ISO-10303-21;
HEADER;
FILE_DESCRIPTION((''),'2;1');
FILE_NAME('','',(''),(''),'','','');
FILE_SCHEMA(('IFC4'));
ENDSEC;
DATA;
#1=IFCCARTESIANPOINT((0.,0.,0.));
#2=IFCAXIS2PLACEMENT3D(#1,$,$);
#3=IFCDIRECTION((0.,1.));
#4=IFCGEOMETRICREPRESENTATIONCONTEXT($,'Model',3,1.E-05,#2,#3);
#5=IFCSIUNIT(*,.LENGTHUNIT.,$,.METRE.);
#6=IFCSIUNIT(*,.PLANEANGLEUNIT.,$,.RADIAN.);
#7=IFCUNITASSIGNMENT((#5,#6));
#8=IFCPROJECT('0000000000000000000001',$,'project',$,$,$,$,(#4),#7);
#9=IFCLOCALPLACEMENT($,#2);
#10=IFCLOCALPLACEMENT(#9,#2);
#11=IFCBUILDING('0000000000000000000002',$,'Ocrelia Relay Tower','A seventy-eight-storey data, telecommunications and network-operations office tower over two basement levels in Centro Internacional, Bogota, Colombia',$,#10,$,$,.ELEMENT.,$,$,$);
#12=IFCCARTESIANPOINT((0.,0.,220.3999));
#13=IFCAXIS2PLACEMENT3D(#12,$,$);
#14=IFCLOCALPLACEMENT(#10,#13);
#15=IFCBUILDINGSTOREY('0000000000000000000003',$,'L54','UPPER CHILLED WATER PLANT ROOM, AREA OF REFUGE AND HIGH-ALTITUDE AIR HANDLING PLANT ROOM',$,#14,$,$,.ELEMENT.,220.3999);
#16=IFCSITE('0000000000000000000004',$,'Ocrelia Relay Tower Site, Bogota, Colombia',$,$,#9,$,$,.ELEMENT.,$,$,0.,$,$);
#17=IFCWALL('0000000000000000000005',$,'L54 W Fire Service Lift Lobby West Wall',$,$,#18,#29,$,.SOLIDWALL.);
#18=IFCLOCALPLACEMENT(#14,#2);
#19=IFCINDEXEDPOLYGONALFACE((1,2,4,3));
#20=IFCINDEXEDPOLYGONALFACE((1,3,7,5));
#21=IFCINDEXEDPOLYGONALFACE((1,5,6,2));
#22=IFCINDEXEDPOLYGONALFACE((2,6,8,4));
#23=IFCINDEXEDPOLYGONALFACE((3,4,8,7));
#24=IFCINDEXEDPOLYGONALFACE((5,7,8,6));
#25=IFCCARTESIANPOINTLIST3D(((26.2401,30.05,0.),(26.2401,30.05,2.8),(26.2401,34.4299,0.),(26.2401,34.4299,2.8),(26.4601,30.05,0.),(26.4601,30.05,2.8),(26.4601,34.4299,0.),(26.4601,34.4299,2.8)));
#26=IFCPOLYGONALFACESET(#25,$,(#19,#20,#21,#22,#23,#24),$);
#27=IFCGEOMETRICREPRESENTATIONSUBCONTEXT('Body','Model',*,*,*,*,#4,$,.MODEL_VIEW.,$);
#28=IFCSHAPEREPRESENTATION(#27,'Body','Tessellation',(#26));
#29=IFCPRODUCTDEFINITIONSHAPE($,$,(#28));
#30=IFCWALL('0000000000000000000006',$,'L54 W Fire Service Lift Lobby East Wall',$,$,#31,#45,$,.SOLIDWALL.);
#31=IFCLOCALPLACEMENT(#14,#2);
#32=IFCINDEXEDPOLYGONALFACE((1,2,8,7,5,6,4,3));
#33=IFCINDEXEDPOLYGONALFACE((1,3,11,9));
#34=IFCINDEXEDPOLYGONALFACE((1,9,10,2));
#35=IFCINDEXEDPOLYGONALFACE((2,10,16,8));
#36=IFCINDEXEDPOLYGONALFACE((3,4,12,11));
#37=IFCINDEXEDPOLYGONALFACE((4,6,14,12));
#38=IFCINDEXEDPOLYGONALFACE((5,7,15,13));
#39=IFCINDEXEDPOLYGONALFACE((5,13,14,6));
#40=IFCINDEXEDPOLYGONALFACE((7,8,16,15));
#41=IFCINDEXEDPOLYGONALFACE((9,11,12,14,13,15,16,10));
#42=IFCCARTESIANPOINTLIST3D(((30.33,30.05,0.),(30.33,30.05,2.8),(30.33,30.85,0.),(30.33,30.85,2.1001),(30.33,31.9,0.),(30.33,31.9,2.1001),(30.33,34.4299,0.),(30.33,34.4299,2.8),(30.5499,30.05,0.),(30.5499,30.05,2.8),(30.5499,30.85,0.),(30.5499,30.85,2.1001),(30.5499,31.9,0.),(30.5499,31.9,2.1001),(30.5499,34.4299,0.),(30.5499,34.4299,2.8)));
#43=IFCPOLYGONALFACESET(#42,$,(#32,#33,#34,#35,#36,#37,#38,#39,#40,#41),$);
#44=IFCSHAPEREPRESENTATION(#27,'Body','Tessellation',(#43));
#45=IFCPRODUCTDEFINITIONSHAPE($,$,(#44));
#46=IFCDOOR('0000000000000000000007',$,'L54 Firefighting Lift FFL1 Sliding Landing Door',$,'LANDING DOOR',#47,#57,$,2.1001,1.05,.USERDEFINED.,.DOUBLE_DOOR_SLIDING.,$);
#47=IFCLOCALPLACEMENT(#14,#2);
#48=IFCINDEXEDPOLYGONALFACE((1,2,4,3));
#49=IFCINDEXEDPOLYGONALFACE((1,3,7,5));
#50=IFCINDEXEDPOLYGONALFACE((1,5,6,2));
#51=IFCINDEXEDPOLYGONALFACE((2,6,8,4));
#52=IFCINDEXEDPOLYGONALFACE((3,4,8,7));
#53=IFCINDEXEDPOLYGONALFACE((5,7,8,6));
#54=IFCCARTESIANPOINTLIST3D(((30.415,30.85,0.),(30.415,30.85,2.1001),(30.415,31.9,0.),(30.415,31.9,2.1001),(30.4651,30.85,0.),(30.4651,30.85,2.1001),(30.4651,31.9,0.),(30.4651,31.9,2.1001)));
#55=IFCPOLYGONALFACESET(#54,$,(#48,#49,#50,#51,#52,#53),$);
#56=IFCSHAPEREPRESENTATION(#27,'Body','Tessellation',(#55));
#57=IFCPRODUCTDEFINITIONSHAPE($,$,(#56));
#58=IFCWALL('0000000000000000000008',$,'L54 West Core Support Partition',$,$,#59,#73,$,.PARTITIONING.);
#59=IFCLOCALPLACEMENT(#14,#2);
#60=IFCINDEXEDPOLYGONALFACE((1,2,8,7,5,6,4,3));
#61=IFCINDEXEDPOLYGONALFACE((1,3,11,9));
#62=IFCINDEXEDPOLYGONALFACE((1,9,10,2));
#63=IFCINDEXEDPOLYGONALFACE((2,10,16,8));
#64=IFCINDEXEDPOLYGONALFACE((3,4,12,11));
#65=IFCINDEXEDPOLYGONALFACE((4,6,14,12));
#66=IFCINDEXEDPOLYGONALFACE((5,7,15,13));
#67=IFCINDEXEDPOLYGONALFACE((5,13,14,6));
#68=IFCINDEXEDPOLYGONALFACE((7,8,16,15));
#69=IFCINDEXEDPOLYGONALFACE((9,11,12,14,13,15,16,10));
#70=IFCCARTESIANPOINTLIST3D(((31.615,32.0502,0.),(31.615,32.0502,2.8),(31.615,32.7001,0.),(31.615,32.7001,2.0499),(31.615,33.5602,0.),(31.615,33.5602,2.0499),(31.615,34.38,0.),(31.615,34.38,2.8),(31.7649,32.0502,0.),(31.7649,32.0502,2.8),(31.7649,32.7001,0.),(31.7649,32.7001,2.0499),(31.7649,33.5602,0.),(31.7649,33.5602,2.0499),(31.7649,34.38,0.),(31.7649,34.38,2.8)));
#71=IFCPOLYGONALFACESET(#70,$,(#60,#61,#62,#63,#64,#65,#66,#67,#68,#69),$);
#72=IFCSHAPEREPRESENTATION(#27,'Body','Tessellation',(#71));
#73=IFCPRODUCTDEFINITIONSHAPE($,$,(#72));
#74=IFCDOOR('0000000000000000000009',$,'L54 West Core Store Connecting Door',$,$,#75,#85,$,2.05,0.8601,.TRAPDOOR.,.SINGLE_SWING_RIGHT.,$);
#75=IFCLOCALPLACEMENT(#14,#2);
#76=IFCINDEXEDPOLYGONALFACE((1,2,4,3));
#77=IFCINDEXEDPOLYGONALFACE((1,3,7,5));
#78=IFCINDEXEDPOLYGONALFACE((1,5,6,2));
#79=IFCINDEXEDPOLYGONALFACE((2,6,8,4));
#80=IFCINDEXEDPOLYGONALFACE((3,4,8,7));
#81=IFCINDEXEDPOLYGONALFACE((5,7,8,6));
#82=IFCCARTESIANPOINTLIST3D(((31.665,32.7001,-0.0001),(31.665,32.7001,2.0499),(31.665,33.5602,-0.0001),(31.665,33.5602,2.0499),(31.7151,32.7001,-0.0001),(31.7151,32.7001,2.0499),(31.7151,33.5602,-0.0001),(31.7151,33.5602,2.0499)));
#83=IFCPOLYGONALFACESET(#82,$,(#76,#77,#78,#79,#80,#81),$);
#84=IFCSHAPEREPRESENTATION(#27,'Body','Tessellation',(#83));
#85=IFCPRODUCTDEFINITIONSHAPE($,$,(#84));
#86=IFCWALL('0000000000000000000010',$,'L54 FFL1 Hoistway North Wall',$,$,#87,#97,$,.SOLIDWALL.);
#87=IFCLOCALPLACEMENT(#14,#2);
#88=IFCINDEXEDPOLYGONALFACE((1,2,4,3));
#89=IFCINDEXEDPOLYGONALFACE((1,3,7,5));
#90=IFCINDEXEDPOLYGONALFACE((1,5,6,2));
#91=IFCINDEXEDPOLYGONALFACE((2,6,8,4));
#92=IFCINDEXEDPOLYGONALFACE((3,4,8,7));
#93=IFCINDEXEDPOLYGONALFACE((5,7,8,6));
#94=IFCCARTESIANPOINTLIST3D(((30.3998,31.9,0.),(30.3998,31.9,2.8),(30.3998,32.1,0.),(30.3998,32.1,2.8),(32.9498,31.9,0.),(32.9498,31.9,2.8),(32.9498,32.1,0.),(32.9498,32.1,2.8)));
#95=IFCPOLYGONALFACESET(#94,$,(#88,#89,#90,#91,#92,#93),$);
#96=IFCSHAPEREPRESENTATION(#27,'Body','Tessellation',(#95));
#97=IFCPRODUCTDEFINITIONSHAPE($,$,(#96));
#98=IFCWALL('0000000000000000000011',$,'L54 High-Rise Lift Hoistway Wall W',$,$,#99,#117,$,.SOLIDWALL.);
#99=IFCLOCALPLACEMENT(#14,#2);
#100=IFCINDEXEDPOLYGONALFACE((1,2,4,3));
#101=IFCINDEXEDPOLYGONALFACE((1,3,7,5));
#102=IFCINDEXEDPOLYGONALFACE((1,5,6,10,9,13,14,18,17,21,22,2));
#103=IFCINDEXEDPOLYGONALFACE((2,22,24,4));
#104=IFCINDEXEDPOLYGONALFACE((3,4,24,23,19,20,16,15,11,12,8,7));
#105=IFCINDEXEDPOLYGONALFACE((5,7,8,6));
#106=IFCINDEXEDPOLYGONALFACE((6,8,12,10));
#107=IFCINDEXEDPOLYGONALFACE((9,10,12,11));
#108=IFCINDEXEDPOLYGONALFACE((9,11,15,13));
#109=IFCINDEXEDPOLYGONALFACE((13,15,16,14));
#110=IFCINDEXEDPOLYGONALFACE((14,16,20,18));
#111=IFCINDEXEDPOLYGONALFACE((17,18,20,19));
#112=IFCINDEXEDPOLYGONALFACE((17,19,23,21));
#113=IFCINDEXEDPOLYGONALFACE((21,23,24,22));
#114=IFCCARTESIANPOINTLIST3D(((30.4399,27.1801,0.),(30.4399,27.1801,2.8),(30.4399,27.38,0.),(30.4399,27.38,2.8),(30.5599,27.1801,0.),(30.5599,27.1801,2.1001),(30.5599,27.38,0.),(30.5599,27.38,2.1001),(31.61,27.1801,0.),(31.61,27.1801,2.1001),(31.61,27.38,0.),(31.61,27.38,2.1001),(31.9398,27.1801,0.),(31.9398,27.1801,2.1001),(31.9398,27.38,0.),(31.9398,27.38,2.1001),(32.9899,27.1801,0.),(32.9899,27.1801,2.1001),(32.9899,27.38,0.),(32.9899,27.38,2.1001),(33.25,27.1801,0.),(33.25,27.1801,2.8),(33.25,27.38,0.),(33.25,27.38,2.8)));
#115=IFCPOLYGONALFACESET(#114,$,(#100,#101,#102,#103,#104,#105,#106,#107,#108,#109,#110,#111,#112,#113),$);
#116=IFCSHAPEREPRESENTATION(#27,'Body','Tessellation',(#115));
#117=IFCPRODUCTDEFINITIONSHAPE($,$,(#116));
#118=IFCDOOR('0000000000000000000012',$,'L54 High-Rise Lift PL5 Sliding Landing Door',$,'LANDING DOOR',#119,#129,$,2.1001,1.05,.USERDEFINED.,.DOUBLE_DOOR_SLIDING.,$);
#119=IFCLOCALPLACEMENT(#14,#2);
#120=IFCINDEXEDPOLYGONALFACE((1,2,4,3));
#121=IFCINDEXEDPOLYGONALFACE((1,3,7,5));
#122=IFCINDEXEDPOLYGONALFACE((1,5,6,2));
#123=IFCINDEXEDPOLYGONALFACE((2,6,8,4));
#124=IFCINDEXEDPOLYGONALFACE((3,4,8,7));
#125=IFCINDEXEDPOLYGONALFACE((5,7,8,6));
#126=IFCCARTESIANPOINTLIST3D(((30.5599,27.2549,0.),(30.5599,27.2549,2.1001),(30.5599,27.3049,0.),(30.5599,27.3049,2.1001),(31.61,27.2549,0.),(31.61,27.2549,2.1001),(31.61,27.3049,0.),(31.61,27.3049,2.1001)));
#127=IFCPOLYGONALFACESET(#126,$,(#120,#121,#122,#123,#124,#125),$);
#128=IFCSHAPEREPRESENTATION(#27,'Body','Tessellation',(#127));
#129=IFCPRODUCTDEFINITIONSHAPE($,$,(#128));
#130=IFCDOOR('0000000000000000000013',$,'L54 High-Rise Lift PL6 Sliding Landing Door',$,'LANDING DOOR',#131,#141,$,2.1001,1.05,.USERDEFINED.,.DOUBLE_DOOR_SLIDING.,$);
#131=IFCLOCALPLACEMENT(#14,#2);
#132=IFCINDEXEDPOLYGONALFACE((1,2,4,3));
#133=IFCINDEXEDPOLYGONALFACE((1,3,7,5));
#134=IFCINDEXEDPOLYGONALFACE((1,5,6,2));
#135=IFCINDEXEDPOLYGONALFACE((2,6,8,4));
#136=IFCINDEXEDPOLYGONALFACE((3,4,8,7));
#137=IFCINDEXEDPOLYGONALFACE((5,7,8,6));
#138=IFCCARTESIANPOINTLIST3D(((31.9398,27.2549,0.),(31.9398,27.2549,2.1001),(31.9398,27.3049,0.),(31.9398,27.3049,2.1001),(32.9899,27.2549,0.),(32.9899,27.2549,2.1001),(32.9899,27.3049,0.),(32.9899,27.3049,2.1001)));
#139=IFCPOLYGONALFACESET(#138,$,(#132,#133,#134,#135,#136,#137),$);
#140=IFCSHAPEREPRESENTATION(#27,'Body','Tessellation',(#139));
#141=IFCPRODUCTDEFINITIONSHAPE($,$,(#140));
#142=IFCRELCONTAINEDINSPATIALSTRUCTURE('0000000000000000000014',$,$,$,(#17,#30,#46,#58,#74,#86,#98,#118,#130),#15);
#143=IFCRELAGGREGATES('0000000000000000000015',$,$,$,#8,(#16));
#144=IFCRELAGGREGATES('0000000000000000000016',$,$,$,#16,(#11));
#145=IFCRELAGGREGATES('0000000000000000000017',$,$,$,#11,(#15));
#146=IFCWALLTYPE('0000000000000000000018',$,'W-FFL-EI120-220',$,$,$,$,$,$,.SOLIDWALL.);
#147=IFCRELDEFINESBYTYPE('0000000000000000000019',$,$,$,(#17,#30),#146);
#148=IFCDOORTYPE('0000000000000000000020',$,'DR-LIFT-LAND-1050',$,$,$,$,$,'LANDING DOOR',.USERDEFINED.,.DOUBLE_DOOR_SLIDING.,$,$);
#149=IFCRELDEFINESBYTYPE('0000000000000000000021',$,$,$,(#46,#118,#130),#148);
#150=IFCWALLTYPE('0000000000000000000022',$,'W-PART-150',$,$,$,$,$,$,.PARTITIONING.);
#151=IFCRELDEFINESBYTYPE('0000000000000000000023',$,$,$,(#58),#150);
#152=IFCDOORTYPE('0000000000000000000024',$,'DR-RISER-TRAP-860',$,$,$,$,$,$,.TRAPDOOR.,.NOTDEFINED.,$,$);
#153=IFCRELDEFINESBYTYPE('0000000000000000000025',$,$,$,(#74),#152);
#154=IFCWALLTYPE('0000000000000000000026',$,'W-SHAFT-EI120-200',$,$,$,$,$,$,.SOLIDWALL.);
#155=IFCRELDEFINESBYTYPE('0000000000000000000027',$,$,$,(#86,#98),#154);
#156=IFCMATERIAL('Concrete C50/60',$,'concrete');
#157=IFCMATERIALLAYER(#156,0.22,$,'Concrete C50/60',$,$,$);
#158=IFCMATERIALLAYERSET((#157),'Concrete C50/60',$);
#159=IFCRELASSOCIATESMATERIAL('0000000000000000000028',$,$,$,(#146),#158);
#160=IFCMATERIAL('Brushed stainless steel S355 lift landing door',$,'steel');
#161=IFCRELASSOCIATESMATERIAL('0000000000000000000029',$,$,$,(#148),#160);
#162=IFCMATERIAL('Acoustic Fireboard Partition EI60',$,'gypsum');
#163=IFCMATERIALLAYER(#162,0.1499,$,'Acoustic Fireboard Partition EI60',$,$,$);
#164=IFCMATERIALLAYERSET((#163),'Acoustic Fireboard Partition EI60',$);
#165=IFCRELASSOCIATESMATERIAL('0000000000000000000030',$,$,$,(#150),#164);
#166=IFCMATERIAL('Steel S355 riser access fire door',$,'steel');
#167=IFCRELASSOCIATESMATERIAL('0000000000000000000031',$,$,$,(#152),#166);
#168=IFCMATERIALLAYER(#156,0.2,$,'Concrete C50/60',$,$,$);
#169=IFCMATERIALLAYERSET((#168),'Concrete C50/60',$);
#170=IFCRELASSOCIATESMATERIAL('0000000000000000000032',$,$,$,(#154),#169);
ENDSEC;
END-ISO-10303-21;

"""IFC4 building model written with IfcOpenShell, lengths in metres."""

from ifc_helpers import new_model, si_unit, direction, frame, frame_2d, origin, place, context, subcontext, project, spatial, rectangle, extrude, material, layer, layer_set, type_object, element, fill, save


model = new_model("IFC4")

# Units and contexts
model_context = context("Model", 3, precision=1e-05, world=origin(), true_north=direction((0.0, 1.0)))
body_context = subcontext(model_context, "Body", "Model", "MODEL_VIEW")
ifc_project = project(units=[si_unit("LENGTHUNIT", "METRE"), si_unit("PLANEANGLEUNIT", "RADIAN")], contexts=[model_context])

# Site, building, storey
site_placement = place(None, origin())
site = spatial("IfcSite", under=ifc_project, at=site_placement, Name="Ocrelia Relay Tower Site, Bogota, Colombia", CompositionType="ELEMENT", RefElevation=0.0)
building_placement = place(site_placement, origin())
building = spatial("IfcBuilding", under=site, at=building_placement, Name="Ocrelia Relay Tower", Description="A seventy-eight-storey data, telecommunications and network-operations office tower over two basement levels in Centro Internacional, Bogota, Colombia", CompositionType="ELEMENT")
storey_placement = place(building_placement, frame((0.0, 0.0, 220.3999)))
storey = spatial("IfcBuildingStorey", under=building, at=storey_placement, Name="L54", Description="UPPER CHILLED WATER PLANT ROOM, AREA OF REFUGE AND HIGH-ALTITUDE AIR HANDLING PLANT ROOM", CompositionType="ELEMENT", Elevation=220.3999)

# Wall
ifc_material_1 = material(Name="Concrete C50/60", Category="concrete")
ifc_layer_1 = layer(ifc_material_1, 0.22, Name="Concrete C50/60")
ifc_layer_set_1 = layer_set([ifc_layer_1], Name="Concrete C50/60")
wall_type_1 = type_object("IfcWallType", Name="W-FFL-EI120-220", PredefinedType="SOLIDWALL", material=ifc_layer_set_1)
wall_1_placement = place(storey_placement, frame((26.3501, 30.05, 0.0), z_axis=(0.0, 0.0, 1.0), x_axis=(0.0, 1.0, 0.0)))
element("IfcWall", 1, at=wall_1_placement, inside=storey, type_object=wall_type_1, Name="L54 W Fire Service Lift Lobby West Wall", PredefinedType="SOLIDWALL", context=body_context, shape_type="SweptSolid", body=[
    extrude(rectangle(XDim=4.3799, YDim=0.22, at=frame_2d((2.1899, 0.0))), origin(), (0.0, 0.0, 1.0), 2.8),
])

# Walls, openings, doors
wall_2_placement = place(storey_placement, frame((30.4399, 30.05, 0.0), z_axis=(0.0, 0.0, 1.0), x_axis=(0.0, 1.0, 0.0)))
wall_2 = element("IfcWall", 2, at=wall_2_placement, inside=storey, type_object=wall_type_1, Name="L54 W Fire Service Lift Lobby East Wall", PredefinedType="SOLIDWALL", context=body_context, shape_type="SweptSolid", body=[
    extrude(rectangle(XDim=4.3799, YDim=0.22, at=frame_2d((2.1899, 0.0))), origin(), (0.0, 0.0, 1.0), 2.8),
])
opening_1_placement = place(wall_2_placement, frame((0.8, 0.0, 0.0)))
opening_1 = element("IfcOpeningElement", 3, at=opening_1_placement, cuts=wall_2, PredefinedType="OPENING", context=body_context, shape_type="SweptSolid", body=[
    extrude(rectangle(XDim=1.05, YDim=2.1001, at=frame_2d((0.5249, 1.05))), frame((0.0, 0.1201, 0.0), z_axis=(0.0, -1.0, 0.0), x_axis=(1.0, 0.0, 0.0)), (0.0, 0.0, 1.0), 0.24),
])
ifc_material_2 = material(Name="Brushed stainless steel S355 lift landing door", Category="steel")
door_type_1 = type_object("IfcDoorType", Name="DR-LIFT-LAND-1050", ElementType="LANDING DOOR", OperationType="DOUBLE_DOOR_SLIDING", PredefinedType="USERDEFINED", material=ifc_material_2)
door_1_placement = place(opening_1_placement, origin())
door_1 = element("IfcDoor", 4, at=door_1_placement, inside=storey, type_object=door_type_1, Name="L54 Firefighting Lift FFL1 Sliding Landing Door", ObjectType="LANDING DOOR", OperationType="DOUBLE_DOOR_SLIDING", OverallHeight=2.1001, OverallWidth=1.05, PredefinedType="USERDEFINED", context=body_context, shape_type="SweptSolid", body=[
    extrude(rectangle(XDim=1.05, YDim=2.1001, at=frame_2d((0.5249, 1.05))), frame((0.0, 0.0249, 0.0), z_axis=(0.0, -1.0, 0.0), x_axis=(1.0, 0.0, 0.0)), (0.0, 0.0, 1.0), 0.05),
])
fill(opening_1, door_1)
ifc_material_3 = material(Name="Acoustic Fireboard Partition EI60", Category="gypsum")
ifc_layer_2 = layer(ifc_material_3, 0.1499, Name="Acoustic Fireboard Partition EI60")
ifc_layer_set_2 = layer_set([ifc_layer_2], Name="Acoustic Fireboard Partition EI60")
wall_type_2 = type_object("IfcWallType", Name="W-PART-150", PredefinedType="PARTITIONING", material=ifc_layer_set_2)
wall_3_placement = place(storey_placement, frame((31.6899, 32.05, 0.0), z_axis=(0.0, 0.0, 1.0), x_axis=(0.0, 1.0, 0.0)))
wall_3 = element("IfcWall", 5, at=wall_3_placement, inside=storey, type_object=wall_type_2, Name="L54 West Core Support Partition", PredefinedType="PARTITIONING", context=body_context, shape_type="SweptSolid", body=[
    extrude(rectangle(XDim=2.3298, YDim=0.1499, at=frame_2d((1.165, 0.0))), origin(), (0.0, 0.0, 1.0), 2.8),
])
opening_2_placement = place(wall_3_placement, frame((0.6499, 0.0, 0.0)))
opening_2 = element("IfcOpeningElement", 6, at=opening_2_placement, cuts=wall_3, PredefinedType="OPENING", context=body_context, shape_type="SweptSolid", body=[
    extrude(rectangle(XDim=0.8601, YDim=2.05, at=frame_2d((0.4302, 1.0249))), frame((0.0, 0.085, 0.0), z_axis=(0.0, -1.0, 0.0), x_axis=(1.0, 0.0, 0.0)), (0.0, 0.0, 1.0), 0.1699),
])
ifc_material_4 = material(Name="Steel S355 riser access fire door", Category="steel")
door_type_2 = type_object("IfcDoorType", Name="DR-RISER-TRAP-860", OperationType="NOTDEFINED", PredefinedType="TRAPDOOR", material=ifc_material_4)
door_2_placement = place(opening_2_placement, origin())
door_2 = element("IfcDoor", 7, at=door_2_placement, inside=storey, type_object=door_type_2, Name="L54 West Core Store Connecting Door", OperationType="SINGLE_SWING_RIGHT", OverallHeight=2.05, OverallWidth=0.8601, PredefinedType="TRAPDOOR", context=body_context, shape_type="SweptSolid", body=[
    extrude(rectangle(XDim=0.8601, YDim=2.05, at=frame_2d((0.4302, 1.0249))), frame((0.0, 0.0249, 0.0), z_axis=(0.0, -1.0, 0.0), x_axis=(1.0, 0.0, 0.0)), (0.0, 0.0, 1.0), 0.05),
])
fill(opening_2, door_2)

# Wall
ifc_layer_3 = layer(ifc_material_1, 0.2, Name="Concrete C50/60")
ifc_layer_set_3 = layer_set([ifc_layer_3], Name="Concrete C50/60")
wall_type_3 = type_object("IfcWallType", Name="W-SHAFT-EI120-200", PredefinedType="SOLIDWALL", material=ifc_layer_set_3)
wall_4_placement = place(storey_placement, frame((30.3999, 32.0, 0.0), z_axis=(0.0, 0.0, 1.0), x_axis=(1.0, 0.0, 0.0)))
element("IfcWall", 8, at=wall_4_placement, inside=storey, type_object=wall_type_3, Name="L54 FFL1 Hoistway North Wall", PredefinedType="SOLIDWALL", context=body_context, shape_type="SweptSolid", body=[
    extrude(rectangle(XDim=2.55, YDim=0.2, at=frame_2d((1.2749, 0.0))), origin(), (0.0, 0.0, 1.0), 2.8),
])

# Wall, openings, doors
wall_5_placement = place(storey_placement, frame((30.4399, 27.28, 0.0), z_axis=(0.0, 0.0, 1.0), x_axis=(1.0, 0.0, 0.0)))
wall_5 = element("IfcWall", 9, at=wall_5_placement, inside=storey, type_object=wall_type_3, Name="L54 High-Rise Lift Hoistway Wall W", PredefinedType="SOLIDWALL", context=body_context, shape_type="SweptSolid", body=[
    extrude(rectangle(XDim=2.8101, YDim=0.2, at=frame_2d((1.405, 0.0))), origin(), (0.0, 0.0, 1.0), 2.8),
])
opening_3_placement = place(wall_5_placement, frame((0.1201, 0.0, 0.0)))
opening_3 = element("IfcOpeningElement", 10, at=opening_3_placement, cuts=wall_5, PredefinedType="OPENING", context=body_context, shape_type="SweptSolid", body=[
    extrude(rectangle(XDim=1.05, YDim=2.1001, at=frame_2d((0.5249, 1.05))), frame((0.0, 0.1099, 0.0), z_axis=(0.0, -1.0, 0.0), x_axis=(1.0, 0.0, 0.0)), (0.0, 0.0, 1.0), 0.22),
])
opening_4_placement = place(wall_5_placement, frame((1.5, 0.0, 0.0)))
opening_4 = element("IfcOpeningElement", 11, at=opening_4_placement, cuts=wall_5, PredefinedType="OPENING", context=body_context, shape_type="SweptSolid", body=[
    extrude(rectangle(XDim=1.05, YDim=2.1001, at=frame_2d((0.5249, 1.05))), frame((0.0, 0.1099, 0.0), z_axis=(0.0, -1.0, 0.0), x_axis=(1.0, 0.0, 0.0)), (0.0, 0.0, 1.0), 0.22),
])
door_3_placement = place(opening_3_placement, origin())
door_3 = element("IfcDoor", 12, at=door_3_placement, inside=storey, type_object=door_type_1, Name="L54 High-Rise Lift PL5 Sliding Landing Door", ObjectType="LANDING DOOR", OperationType="DOUBLE_DOOR_SLIDING", OverallHeight=2.1001, OverallWidth=1.05, PredefinedType="USERDEFINED", context=body_context, shape_type="SweptSolid", body=[
    extrude(rectangle(XDim=1.05, YDim=2.1001, at=frame_2d((0.5249, 1.05))), frame((0.0, 0.0249, 0.0), z_axis=(0.0, -1.0, 0.0), x_axis=(1.0, 0.0, 0.0)), (0.0, 0.0, 1.0), 0.05),
])
fill(opening_3, door_3)
door_4_placement = place(opening_4_placement, origin())
door_4 = element("IfcDoor", 13, at=door_4_placement, inside=storey, type_object=door_type_1, Name="L54 High-Rise Lift PL6 Sliding Landing Door", ObjectType="LANDING DOOR", OperationType="DOUBLE_DOOR_SLIDING", OverallHeight=2.1001, OverallWidth=1.05, PredefinedType="USERDEFINED", context=body_context, shape_type="SweptSolid", body=[
    extrude(rectangle(XDim=1.05, YDim=2.1001, at=frame_2d((0.5249, 1.05))), frame((0.0, 0.0249, 0.0), z_axis=(0.0, -1.0, 0.0), x_axis=(1.0, 0.0, 0.0)), (0.0, 0.0, 1.0), 0.05),
])
fill(opening_4, door_4)

save(model, "model.ifc")
